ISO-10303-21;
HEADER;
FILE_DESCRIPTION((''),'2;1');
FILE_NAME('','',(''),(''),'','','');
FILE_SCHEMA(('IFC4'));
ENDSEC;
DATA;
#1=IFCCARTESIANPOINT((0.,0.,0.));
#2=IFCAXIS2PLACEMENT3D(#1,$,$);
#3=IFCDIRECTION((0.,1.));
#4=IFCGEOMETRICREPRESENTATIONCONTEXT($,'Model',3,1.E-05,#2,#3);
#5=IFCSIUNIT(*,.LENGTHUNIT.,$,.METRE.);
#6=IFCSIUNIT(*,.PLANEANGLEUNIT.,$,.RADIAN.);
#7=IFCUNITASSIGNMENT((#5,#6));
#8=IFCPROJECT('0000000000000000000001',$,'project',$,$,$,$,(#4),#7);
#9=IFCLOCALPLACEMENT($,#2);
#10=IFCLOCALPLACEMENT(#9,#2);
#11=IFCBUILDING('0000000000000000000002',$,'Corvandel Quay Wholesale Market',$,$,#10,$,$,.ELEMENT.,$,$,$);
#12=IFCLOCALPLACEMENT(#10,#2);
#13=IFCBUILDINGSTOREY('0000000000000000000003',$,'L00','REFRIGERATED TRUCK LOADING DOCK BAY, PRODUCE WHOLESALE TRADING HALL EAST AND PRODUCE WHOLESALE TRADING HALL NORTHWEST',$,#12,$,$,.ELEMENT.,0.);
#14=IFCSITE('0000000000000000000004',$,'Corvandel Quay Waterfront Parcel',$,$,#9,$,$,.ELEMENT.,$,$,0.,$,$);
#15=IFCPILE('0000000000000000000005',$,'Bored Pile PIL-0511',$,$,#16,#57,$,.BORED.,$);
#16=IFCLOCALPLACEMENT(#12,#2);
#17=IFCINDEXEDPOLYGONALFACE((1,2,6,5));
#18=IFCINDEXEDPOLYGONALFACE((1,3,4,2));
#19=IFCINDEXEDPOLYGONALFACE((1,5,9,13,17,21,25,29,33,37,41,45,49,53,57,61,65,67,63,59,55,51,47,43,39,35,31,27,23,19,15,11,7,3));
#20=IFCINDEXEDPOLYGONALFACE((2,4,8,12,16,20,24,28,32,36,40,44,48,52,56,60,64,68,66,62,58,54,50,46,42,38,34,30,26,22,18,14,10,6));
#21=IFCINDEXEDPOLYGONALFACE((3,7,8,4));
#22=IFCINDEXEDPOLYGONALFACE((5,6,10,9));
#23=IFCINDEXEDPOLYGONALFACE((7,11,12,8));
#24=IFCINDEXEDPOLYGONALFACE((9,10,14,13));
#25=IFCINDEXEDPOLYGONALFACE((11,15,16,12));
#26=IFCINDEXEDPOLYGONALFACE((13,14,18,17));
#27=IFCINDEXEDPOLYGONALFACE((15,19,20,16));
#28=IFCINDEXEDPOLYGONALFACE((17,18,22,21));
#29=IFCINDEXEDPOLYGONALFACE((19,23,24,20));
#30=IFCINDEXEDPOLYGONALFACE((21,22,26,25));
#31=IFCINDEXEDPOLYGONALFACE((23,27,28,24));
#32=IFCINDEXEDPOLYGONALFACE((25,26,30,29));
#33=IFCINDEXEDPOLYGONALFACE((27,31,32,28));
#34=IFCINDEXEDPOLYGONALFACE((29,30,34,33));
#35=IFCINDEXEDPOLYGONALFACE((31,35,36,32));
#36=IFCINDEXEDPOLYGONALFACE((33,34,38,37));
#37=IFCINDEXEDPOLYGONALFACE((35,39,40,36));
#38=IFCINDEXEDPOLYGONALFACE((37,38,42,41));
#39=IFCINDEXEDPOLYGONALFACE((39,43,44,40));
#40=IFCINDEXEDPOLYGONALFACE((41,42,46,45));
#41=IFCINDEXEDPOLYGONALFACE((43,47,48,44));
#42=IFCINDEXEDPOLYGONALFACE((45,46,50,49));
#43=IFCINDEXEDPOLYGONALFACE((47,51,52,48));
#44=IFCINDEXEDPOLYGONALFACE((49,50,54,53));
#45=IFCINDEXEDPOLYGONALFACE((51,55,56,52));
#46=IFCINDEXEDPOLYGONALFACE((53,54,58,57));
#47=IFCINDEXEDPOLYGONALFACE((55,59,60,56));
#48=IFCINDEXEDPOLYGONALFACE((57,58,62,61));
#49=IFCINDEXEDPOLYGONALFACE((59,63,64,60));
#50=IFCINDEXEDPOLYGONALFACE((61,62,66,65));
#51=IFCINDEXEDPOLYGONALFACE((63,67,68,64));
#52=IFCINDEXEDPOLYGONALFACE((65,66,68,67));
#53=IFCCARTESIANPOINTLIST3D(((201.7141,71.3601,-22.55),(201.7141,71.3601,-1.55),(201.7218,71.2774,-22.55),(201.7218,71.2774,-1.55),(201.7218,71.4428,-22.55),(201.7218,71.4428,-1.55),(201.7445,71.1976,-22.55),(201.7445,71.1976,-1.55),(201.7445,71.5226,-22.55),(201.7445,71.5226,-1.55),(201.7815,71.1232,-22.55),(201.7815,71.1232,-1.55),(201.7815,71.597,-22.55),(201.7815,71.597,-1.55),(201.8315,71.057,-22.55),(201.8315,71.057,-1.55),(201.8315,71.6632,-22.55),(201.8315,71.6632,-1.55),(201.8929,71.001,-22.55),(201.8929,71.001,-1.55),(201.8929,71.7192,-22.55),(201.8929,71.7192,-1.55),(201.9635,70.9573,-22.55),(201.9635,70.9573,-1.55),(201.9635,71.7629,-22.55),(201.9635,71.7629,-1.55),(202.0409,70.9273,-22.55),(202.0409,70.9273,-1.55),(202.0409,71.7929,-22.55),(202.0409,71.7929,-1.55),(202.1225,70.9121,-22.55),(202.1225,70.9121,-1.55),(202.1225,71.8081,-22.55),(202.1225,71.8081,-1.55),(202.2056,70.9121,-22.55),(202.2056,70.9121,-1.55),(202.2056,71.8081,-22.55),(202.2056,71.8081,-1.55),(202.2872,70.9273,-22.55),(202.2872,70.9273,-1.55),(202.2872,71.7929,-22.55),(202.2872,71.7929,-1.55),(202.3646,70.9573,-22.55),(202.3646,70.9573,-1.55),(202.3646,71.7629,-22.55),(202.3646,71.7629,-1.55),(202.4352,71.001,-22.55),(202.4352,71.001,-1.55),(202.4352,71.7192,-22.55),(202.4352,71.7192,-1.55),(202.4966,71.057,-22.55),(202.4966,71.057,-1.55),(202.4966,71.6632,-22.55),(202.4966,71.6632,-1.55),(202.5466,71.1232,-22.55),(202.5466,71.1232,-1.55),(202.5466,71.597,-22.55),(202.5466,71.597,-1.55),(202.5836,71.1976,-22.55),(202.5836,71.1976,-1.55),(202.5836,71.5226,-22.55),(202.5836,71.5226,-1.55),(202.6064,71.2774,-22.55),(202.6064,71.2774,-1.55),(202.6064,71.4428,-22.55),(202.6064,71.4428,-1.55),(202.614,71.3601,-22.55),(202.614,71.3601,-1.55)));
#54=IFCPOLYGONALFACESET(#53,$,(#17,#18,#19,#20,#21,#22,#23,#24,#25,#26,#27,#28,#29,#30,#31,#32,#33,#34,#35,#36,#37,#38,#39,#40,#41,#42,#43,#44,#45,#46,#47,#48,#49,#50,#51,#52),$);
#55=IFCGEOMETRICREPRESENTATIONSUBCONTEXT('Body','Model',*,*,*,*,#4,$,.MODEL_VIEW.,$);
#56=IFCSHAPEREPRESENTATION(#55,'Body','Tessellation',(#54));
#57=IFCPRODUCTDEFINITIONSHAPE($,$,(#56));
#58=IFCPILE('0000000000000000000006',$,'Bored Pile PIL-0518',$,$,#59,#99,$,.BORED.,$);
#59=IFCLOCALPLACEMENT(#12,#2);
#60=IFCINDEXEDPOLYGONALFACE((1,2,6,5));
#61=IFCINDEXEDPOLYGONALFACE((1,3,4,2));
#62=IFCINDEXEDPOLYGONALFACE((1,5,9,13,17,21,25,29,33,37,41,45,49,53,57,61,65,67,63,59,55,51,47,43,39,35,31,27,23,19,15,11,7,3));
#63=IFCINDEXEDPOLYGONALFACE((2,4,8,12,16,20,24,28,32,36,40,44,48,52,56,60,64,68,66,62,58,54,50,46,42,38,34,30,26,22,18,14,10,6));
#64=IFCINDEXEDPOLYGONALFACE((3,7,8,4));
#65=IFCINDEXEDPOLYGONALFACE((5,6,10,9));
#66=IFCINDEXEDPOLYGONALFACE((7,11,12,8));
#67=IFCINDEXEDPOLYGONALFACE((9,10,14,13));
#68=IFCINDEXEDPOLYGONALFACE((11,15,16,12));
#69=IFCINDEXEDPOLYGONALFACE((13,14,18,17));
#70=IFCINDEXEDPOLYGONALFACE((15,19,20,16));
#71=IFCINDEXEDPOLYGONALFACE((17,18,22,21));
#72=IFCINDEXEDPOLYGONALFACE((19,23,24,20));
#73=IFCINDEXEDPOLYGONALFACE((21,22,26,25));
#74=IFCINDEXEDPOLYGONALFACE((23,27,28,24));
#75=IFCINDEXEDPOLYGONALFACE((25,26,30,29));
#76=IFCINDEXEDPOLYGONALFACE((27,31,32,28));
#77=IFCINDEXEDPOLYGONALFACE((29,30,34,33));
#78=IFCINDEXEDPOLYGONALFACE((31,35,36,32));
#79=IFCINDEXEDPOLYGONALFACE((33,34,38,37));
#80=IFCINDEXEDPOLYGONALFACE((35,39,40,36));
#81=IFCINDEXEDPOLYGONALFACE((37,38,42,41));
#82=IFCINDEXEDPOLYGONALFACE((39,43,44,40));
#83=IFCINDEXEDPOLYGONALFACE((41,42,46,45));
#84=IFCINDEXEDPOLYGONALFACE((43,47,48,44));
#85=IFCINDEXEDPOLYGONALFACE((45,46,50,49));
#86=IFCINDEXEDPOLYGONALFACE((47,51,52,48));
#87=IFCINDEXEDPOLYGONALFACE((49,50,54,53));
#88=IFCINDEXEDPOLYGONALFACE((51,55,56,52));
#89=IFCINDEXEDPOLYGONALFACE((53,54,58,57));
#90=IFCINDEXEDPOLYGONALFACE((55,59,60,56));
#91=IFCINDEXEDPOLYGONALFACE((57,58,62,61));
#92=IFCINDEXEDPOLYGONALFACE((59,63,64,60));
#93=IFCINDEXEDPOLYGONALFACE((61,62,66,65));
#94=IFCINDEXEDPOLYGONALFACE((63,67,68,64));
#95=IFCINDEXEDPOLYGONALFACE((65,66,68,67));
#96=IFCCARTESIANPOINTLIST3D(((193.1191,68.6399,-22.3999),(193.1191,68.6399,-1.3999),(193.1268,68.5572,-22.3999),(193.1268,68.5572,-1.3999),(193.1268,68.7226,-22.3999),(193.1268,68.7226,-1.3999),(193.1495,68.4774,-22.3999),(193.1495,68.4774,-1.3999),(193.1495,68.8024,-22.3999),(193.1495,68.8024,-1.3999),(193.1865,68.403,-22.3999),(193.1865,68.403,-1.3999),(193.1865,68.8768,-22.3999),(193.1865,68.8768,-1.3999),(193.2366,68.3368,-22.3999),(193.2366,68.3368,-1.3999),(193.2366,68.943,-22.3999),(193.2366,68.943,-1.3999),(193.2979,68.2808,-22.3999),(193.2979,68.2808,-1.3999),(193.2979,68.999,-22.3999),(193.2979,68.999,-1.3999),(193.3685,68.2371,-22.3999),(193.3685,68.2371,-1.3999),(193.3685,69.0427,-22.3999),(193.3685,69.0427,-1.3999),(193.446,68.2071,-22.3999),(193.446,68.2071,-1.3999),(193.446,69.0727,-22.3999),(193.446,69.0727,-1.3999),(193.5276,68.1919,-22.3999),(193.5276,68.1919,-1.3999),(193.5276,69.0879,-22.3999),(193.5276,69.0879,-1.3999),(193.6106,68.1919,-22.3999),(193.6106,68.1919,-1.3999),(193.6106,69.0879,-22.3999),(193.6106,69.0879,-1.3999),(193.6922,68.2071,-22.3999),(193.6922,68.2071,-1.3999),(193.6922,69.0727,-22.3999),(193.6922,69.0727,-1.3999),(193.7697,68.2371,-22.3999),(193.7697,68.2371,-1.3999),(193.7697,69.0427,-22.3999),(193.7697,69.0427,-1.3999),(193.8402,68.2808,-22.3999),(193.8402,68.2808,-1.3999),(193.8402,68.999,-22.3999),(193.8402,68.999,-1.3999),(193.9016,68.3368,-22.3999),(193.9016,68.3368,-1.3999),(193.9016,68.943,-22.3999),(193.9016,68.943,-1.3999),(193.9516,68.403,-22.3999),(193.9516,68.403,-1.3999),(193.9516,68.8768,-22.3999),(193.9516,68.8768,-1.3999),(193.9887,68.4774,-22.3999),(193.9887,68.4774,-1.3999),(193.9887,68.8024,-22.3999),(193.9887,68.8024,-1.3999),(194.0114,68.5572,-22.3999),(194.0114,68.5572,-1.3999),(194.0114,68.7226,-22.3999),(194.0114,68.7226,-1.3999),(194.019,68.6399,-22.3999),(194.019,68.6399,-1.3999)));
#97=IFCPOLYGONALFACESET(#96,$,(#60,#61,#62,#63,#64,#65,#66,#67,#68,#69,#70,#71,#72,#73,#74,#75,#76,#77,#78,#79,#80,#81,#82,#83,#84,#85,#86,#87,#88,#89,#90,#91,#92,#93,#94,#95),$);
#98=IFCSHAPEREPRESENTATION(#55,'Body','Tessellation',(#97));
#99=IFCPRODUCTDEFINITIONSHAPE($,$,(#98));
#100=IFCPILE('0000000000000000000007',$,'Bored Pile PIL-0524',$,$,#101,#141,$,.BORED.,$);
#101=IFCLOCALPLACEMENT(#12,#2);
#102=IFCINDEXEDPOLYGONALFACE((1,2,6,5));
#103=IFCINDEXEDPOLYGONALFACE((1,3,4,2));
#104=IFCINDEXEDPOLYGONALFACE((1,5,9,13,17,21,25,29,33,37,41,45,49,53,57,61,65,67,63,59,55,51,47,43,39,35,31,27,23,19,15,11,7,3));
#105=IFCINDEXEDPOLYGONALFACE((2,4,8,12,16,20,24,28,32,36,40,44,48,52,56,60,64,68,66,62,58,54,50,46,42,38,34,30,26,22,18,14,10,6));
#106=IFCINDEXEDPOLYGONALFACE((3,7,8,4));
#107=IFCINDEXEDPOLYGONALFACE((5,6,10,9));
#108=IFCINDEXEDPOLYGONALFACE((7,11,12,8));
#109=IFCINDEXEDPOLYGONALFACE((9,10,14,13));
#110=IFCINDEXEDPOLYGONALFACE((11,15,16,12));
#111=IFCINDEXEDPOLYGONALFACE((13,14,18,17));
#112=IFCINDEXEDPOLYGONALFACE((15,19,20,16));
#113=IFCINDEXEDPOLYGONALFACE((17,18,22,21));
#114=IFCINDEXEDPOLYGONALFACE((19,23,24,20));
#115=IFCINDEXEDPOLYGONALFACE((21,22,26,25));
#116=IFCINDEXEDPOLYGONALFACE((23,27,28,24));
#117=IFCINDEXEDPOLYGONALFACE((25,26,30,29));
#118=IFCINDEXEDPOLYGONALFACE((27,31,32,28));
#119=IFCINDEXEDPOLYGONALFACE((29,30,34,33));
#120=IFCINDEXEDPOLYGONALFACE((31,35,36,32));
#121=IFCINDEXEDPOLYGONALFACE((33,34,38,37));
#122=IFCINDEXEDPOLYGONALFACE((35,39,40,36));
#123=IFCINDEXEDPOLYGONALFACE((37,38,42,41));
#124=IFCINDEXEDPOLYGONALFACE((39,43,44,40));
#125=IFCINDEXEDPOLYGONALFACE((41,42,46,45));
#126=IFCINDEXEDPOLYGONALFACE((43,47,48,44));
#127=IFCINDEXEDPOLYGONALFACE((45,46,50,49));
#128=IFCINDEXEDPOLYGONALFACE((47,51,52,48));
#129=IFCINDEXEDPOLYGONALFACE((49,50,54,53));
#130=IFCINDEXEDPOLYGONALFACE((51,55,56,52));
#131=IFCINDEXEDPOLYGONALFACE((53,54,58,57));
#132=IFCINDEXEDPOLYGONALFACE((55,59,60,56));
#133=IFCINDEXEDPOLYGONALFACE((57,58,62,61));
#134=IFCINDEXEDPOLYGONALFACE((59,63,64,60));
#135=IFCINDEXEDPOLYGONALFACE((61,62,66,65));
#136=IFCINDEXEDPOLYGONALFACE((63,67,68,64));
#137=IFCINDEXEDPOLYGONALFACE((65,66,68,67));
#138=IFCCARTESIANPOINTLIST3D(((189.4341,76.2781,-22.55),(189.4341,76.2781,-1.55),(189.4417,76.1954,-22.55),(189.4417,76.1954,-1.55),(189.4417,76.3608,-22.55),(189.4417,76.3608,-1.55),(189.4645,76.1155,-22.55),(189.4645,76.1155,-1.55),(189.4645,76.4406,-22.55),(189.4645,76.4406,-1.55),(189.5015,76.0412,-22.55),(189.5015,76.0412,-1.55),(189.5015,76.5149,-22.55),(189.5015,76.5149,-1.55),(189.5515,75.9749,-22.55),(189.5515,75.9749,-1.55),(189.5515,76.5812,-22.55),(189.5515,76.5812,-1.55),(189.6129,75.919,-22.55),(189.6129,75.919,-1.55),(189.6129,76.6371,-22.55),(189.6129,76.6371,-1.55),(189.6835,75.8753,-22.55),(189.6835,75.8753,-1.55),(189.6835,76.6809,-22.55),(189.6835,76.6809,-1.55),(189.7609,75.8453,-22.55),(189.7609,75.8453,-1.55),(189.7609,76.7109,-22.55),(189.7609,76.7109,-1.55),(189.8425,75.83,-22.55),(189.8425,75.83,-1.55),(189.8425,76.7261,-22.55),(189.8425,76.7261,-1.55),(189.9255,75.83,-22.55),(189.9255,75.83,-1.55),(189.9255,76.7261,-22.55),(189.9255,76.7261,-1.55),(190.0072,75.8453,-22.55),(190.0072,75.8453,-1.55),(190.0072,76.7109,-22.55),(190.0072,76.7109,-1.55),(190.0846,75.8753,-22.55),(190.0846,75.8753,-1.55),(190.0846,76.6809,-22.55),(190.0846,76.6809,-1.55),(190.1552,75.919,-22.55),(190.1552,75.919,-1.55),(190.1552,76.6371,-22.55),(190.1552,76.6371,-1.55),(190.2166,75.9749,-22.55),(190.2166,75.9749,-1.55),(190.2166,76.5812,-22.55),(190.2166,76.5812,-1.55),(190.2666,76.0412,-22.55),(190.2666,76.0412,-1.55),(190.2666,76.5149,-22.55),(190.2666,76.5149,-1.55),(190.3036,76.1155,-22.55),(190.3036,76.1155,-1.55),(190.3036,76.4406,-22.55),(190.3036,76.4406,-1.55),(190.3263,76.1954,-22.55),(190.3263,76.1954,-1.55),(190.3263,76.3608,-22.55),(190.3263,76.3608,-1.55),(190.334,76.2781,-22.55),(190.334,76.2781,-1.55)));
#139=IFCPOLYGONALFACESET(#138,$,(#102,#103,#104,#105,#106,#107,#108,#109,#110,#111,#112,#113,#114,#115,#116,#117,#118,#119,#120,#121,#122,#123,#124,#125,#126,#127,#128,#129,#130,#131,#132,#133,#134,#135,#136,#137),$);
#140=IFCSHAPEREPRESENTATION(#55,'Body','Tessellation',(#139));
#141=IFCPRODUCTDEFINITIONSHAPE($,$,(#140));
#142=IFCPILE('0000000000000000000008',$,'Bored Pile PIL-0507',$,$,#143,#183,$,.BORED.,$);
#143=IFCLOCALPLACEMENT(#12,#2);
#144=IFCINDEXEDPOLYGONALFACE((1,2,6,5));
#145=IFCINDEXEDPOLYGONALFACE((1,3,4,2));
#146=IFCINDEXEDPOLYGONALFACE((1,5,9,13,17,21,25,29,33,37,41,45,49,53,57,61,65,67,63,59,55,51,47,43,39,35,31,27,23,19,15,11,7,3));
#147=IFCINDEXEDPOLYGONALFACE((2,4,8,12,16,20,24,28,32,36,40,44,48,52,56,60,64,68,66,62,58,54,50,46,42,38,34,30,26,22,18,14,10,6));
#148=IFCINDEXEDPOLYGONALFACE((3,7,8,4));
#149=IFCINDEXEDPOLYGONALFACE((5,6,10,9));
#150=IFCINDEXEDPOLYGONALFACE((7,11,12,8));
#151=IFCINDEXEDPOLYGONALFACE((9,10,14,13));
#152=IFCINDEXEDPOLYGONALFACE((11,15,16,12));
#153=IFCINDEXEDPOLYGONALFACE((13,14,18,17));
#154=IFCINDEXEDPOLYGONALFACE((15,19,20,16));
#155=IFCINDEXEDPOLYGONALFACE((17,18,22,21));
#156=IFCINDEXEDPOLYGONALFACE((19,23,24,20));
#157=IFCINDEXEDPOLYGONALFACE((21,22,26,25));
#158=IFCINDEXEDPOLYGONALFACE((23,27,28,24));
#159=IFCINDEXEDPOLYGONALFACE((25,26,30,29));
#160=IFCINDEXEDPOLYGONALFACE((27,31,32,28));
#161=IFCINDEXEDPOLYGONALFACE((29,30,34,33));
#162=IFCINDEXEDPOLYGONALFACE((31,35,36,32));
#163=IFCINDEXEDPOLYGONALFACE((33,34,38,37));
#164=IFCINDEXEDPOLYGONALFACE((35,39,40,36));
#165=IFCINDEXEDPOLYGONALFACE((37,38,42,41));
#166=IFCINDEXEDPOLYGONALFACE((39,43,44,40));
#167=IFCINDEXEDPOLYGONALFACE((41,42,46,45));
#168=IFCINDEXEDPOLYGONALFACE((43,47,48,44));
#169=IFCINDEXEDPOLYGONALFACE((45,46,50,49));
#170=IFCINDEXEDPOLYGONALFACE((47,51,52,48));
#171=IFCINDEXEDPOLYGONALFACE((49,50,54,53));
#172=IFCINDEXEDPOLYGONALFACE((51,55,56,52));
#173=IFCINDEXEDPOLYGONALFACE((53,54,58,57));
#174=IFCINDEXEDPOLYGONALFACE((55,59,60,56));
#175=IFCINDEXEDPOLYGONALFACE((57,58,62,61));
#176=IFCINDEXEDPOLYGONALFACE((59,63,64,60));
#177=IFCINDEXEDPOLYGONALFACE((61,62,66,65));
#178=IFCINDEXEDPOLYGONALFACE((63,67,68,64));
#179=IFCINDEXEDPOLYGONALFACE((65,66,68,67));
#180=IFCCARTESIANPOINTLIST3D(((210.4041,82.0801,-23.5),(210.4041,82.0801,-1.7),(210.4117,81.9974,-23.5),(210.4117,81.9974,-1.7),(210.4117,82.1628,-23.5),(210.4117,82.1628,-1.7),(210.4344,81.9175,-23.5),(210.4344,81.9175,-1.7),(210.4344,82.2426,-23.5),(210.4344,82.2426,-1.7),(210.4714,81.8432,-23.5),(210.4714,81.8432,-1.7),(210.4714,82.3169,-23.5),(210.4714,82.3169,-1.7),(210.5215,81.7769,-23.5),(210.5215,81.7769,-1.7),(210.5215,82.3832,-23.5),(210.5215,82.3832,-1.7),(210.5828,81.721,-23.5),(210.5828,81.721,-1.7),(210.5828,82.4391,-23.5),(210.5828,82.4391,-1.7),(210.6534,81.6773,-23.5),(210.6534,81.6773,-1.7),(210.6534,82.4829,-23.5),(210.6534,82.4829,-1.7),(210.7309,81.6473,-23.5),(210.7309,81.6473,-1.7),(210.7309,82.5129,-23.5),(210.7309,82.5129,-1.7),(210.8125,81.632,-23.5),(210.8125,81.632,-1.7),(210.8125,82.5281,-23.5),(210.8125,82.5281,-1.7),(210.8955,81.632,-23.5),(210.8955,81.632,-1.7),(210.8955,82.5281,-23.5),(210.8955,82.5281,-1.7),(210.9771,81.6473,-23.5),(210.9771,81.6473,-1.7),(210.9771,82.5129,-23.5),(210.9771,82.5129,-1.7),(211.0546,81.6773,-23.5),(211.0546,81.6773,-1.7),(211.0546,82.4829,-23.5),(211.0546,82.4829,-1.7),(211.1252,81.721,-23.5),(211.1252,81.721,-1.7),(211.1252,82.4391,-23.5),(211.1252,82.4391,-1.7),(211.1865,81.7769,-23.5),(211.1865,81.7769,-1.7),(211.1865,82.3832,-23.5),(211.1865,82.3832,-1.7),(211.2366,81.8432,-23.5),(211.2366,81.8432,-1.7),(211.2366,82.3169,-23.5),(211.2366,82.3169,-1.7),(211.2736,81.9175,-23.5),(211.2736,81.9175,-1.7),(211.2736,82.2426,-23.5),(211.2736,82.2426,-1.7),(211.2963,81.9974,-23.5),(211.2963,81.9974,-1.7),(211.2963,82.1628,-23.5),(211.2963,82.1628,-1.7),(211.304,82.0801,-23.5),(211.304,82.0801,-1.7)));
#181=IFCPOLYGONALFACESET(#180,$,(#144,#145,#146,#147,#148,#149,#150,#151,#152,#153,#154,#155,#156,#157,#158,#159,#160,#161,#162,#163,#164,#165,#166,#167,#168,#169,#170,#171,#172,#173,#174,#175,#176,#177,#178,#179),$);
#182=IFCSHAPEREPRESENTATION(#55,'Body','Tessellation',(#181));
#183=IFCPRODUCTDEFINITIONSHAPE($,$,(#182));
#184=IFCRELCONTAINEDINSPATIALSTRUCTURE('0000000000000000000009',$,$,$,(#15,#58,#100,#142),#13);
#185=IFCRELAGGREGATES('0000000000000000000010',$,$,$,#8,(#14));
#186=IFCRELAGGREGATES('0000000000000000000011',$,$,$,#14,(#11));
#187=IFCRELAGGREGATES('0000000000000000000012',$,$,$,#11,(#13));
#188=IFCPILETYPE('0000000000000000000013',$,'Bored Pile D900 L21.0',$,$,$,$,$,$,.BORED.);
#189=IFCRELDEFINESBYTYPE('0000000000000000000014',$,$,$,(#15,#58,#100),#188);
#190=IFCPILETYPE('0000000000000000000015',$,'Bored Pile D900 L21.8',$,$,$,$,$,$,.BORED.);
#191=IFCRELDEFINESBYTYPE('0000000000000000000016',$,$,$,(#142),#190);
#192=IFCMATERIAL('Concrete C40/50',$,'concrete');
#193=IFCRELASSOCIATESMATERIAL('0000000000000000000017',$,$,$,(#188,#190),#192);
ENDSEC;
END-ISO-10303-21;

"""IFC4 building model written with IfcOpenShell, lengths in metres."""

from ifc_helpers import new_model, si_unit, direction, frame, origin, origin_2d, place, context, subcontext, project, spatial, circle, extrude, material, material_profile, profile_set, type_object, element, save


model = new_model("IFC4")

# Units and contexts
model_context = context("Model", 3, precision=1e-05, world=origin(), true_north=direction((0.0, 1.0)))
body_context = subcontext(model_context, "Body", "Model", "MODEL_VIEW")
ifc_project = project(units=[si_unit("LENGTHUNIT", "METRE"), si_unit("PLANEANGLEUNIT", "RADIAN")], contexts=[model_context])

# Site, building, storey
site_placement = place(None, origin())
site = spatial("IfcSite", under=ifc_project, at=site_placement, Name="Corvandel Quay Waterfront Parcel", CompositionType="ELEMENT", RefElevation=0.0)
building_placement = place(site_placement, origin())
building = spatial("IfcBuilding", under=site, at=building_placement, Name="Corvandel Quay Wholesale Market", CompositionType="ELEMENT")
storey_placement = place(building_placement, origin())
storey = spatial("IfcBuildingStorey", under=building, at=storey_placement, Name="L00", Description="REFRIGERATED TRUCK LOADING DOCK BAY, PRODUCE WHOLESALE TRADING HALL EAST AND PRODUCE WHOLESALE TRADING HALL NORTHWEST", CompositionType="ELEMENT", Elevation=0.0)

# Piles
ifc_material_1 = material(Name="Concrete C40/50", Category="concrete")
ifc_material_profile_1 = material_profile(ifc_material_1, circle(Radius=0.45, at=origin_2d()), Name="RC-PILE-D900")
ifc_profile_set_1 = profile_set([ifc_material_profile_1], Name="Concrete C40/50")
pile_type_1 = type_object("IfcPileType", Name="Bored Pile D900 L21.0", PredefinedType="BORED", material=ifc_profile_set_1)
for number, where, z_axis, x_axis, name in (
    (1, (202.1641, 71.3601, -1.55), (0.0, 0.0, -1.0), (1.0, 0.0, 0.0), "Bored Pile PIL-0511"),
    (2, (193.5691, 68.6399, -1.3999), (0.0, 0.0, -1.0), (1.0, 0.0, 0.0), "Bored Pile PIL-0518"),
    (3, (189.884, 76.2781, -1.55), (0.0, 0.0, -1.0), (1.0, 0.0, 0.0), "Bored Pile PIL-0524"),
):
    element("IfcPile", number, at=place(storey_placement, frame(where, z_axis=z_axis, x_axis=x_axis)), inside=storey, type_object=pile_type_1, Name=name, PredefinedType="BORED", context=body_context, shape_type="SweptSolid", body=[
        extrude(circle(Radius=0.45, at=origin_2d()), origin(), (0.0, 0.0, 1.0), 21.0),
    ])
ifc_material_profile_2 = material_profile(ifc_material_1, circle(Radius=0.45, at=origin_2d()), Name="RC-PILE-D900")
ifc_profile_set_2 = profile_set([ifc_material_profile_2], Name="Concrete C40/50")
pile_type_2 = type_object("IfcPileType", Name="Bored Pile D900 L21.8", PredefinedType="BORED", material=ifc_profile_set_2)
for number, where, z_axis, x_axis, name in (
    (4, (210.854, 82.0801, -1.7), (0.0, 0.0, -1.0), (1.0, 0.0, 0.0), "Bored Pile PIL-0507"),
):
    element("IfcPile", number, at=place(storey_placement, frame(where, z_axis=z_axis, x_axis=x_axis)), inside=storey, type_object=pile_type_2, Name=name, PredefinedType="BORED", context=body_context, shape_type="SweptSolid", body=[
        extrude(circle(Radius=0.45, at=origin_2d()), origin(), (0.0, 0.0, 1.0), 21.8),
    ])

save(model, "model.ifc")
